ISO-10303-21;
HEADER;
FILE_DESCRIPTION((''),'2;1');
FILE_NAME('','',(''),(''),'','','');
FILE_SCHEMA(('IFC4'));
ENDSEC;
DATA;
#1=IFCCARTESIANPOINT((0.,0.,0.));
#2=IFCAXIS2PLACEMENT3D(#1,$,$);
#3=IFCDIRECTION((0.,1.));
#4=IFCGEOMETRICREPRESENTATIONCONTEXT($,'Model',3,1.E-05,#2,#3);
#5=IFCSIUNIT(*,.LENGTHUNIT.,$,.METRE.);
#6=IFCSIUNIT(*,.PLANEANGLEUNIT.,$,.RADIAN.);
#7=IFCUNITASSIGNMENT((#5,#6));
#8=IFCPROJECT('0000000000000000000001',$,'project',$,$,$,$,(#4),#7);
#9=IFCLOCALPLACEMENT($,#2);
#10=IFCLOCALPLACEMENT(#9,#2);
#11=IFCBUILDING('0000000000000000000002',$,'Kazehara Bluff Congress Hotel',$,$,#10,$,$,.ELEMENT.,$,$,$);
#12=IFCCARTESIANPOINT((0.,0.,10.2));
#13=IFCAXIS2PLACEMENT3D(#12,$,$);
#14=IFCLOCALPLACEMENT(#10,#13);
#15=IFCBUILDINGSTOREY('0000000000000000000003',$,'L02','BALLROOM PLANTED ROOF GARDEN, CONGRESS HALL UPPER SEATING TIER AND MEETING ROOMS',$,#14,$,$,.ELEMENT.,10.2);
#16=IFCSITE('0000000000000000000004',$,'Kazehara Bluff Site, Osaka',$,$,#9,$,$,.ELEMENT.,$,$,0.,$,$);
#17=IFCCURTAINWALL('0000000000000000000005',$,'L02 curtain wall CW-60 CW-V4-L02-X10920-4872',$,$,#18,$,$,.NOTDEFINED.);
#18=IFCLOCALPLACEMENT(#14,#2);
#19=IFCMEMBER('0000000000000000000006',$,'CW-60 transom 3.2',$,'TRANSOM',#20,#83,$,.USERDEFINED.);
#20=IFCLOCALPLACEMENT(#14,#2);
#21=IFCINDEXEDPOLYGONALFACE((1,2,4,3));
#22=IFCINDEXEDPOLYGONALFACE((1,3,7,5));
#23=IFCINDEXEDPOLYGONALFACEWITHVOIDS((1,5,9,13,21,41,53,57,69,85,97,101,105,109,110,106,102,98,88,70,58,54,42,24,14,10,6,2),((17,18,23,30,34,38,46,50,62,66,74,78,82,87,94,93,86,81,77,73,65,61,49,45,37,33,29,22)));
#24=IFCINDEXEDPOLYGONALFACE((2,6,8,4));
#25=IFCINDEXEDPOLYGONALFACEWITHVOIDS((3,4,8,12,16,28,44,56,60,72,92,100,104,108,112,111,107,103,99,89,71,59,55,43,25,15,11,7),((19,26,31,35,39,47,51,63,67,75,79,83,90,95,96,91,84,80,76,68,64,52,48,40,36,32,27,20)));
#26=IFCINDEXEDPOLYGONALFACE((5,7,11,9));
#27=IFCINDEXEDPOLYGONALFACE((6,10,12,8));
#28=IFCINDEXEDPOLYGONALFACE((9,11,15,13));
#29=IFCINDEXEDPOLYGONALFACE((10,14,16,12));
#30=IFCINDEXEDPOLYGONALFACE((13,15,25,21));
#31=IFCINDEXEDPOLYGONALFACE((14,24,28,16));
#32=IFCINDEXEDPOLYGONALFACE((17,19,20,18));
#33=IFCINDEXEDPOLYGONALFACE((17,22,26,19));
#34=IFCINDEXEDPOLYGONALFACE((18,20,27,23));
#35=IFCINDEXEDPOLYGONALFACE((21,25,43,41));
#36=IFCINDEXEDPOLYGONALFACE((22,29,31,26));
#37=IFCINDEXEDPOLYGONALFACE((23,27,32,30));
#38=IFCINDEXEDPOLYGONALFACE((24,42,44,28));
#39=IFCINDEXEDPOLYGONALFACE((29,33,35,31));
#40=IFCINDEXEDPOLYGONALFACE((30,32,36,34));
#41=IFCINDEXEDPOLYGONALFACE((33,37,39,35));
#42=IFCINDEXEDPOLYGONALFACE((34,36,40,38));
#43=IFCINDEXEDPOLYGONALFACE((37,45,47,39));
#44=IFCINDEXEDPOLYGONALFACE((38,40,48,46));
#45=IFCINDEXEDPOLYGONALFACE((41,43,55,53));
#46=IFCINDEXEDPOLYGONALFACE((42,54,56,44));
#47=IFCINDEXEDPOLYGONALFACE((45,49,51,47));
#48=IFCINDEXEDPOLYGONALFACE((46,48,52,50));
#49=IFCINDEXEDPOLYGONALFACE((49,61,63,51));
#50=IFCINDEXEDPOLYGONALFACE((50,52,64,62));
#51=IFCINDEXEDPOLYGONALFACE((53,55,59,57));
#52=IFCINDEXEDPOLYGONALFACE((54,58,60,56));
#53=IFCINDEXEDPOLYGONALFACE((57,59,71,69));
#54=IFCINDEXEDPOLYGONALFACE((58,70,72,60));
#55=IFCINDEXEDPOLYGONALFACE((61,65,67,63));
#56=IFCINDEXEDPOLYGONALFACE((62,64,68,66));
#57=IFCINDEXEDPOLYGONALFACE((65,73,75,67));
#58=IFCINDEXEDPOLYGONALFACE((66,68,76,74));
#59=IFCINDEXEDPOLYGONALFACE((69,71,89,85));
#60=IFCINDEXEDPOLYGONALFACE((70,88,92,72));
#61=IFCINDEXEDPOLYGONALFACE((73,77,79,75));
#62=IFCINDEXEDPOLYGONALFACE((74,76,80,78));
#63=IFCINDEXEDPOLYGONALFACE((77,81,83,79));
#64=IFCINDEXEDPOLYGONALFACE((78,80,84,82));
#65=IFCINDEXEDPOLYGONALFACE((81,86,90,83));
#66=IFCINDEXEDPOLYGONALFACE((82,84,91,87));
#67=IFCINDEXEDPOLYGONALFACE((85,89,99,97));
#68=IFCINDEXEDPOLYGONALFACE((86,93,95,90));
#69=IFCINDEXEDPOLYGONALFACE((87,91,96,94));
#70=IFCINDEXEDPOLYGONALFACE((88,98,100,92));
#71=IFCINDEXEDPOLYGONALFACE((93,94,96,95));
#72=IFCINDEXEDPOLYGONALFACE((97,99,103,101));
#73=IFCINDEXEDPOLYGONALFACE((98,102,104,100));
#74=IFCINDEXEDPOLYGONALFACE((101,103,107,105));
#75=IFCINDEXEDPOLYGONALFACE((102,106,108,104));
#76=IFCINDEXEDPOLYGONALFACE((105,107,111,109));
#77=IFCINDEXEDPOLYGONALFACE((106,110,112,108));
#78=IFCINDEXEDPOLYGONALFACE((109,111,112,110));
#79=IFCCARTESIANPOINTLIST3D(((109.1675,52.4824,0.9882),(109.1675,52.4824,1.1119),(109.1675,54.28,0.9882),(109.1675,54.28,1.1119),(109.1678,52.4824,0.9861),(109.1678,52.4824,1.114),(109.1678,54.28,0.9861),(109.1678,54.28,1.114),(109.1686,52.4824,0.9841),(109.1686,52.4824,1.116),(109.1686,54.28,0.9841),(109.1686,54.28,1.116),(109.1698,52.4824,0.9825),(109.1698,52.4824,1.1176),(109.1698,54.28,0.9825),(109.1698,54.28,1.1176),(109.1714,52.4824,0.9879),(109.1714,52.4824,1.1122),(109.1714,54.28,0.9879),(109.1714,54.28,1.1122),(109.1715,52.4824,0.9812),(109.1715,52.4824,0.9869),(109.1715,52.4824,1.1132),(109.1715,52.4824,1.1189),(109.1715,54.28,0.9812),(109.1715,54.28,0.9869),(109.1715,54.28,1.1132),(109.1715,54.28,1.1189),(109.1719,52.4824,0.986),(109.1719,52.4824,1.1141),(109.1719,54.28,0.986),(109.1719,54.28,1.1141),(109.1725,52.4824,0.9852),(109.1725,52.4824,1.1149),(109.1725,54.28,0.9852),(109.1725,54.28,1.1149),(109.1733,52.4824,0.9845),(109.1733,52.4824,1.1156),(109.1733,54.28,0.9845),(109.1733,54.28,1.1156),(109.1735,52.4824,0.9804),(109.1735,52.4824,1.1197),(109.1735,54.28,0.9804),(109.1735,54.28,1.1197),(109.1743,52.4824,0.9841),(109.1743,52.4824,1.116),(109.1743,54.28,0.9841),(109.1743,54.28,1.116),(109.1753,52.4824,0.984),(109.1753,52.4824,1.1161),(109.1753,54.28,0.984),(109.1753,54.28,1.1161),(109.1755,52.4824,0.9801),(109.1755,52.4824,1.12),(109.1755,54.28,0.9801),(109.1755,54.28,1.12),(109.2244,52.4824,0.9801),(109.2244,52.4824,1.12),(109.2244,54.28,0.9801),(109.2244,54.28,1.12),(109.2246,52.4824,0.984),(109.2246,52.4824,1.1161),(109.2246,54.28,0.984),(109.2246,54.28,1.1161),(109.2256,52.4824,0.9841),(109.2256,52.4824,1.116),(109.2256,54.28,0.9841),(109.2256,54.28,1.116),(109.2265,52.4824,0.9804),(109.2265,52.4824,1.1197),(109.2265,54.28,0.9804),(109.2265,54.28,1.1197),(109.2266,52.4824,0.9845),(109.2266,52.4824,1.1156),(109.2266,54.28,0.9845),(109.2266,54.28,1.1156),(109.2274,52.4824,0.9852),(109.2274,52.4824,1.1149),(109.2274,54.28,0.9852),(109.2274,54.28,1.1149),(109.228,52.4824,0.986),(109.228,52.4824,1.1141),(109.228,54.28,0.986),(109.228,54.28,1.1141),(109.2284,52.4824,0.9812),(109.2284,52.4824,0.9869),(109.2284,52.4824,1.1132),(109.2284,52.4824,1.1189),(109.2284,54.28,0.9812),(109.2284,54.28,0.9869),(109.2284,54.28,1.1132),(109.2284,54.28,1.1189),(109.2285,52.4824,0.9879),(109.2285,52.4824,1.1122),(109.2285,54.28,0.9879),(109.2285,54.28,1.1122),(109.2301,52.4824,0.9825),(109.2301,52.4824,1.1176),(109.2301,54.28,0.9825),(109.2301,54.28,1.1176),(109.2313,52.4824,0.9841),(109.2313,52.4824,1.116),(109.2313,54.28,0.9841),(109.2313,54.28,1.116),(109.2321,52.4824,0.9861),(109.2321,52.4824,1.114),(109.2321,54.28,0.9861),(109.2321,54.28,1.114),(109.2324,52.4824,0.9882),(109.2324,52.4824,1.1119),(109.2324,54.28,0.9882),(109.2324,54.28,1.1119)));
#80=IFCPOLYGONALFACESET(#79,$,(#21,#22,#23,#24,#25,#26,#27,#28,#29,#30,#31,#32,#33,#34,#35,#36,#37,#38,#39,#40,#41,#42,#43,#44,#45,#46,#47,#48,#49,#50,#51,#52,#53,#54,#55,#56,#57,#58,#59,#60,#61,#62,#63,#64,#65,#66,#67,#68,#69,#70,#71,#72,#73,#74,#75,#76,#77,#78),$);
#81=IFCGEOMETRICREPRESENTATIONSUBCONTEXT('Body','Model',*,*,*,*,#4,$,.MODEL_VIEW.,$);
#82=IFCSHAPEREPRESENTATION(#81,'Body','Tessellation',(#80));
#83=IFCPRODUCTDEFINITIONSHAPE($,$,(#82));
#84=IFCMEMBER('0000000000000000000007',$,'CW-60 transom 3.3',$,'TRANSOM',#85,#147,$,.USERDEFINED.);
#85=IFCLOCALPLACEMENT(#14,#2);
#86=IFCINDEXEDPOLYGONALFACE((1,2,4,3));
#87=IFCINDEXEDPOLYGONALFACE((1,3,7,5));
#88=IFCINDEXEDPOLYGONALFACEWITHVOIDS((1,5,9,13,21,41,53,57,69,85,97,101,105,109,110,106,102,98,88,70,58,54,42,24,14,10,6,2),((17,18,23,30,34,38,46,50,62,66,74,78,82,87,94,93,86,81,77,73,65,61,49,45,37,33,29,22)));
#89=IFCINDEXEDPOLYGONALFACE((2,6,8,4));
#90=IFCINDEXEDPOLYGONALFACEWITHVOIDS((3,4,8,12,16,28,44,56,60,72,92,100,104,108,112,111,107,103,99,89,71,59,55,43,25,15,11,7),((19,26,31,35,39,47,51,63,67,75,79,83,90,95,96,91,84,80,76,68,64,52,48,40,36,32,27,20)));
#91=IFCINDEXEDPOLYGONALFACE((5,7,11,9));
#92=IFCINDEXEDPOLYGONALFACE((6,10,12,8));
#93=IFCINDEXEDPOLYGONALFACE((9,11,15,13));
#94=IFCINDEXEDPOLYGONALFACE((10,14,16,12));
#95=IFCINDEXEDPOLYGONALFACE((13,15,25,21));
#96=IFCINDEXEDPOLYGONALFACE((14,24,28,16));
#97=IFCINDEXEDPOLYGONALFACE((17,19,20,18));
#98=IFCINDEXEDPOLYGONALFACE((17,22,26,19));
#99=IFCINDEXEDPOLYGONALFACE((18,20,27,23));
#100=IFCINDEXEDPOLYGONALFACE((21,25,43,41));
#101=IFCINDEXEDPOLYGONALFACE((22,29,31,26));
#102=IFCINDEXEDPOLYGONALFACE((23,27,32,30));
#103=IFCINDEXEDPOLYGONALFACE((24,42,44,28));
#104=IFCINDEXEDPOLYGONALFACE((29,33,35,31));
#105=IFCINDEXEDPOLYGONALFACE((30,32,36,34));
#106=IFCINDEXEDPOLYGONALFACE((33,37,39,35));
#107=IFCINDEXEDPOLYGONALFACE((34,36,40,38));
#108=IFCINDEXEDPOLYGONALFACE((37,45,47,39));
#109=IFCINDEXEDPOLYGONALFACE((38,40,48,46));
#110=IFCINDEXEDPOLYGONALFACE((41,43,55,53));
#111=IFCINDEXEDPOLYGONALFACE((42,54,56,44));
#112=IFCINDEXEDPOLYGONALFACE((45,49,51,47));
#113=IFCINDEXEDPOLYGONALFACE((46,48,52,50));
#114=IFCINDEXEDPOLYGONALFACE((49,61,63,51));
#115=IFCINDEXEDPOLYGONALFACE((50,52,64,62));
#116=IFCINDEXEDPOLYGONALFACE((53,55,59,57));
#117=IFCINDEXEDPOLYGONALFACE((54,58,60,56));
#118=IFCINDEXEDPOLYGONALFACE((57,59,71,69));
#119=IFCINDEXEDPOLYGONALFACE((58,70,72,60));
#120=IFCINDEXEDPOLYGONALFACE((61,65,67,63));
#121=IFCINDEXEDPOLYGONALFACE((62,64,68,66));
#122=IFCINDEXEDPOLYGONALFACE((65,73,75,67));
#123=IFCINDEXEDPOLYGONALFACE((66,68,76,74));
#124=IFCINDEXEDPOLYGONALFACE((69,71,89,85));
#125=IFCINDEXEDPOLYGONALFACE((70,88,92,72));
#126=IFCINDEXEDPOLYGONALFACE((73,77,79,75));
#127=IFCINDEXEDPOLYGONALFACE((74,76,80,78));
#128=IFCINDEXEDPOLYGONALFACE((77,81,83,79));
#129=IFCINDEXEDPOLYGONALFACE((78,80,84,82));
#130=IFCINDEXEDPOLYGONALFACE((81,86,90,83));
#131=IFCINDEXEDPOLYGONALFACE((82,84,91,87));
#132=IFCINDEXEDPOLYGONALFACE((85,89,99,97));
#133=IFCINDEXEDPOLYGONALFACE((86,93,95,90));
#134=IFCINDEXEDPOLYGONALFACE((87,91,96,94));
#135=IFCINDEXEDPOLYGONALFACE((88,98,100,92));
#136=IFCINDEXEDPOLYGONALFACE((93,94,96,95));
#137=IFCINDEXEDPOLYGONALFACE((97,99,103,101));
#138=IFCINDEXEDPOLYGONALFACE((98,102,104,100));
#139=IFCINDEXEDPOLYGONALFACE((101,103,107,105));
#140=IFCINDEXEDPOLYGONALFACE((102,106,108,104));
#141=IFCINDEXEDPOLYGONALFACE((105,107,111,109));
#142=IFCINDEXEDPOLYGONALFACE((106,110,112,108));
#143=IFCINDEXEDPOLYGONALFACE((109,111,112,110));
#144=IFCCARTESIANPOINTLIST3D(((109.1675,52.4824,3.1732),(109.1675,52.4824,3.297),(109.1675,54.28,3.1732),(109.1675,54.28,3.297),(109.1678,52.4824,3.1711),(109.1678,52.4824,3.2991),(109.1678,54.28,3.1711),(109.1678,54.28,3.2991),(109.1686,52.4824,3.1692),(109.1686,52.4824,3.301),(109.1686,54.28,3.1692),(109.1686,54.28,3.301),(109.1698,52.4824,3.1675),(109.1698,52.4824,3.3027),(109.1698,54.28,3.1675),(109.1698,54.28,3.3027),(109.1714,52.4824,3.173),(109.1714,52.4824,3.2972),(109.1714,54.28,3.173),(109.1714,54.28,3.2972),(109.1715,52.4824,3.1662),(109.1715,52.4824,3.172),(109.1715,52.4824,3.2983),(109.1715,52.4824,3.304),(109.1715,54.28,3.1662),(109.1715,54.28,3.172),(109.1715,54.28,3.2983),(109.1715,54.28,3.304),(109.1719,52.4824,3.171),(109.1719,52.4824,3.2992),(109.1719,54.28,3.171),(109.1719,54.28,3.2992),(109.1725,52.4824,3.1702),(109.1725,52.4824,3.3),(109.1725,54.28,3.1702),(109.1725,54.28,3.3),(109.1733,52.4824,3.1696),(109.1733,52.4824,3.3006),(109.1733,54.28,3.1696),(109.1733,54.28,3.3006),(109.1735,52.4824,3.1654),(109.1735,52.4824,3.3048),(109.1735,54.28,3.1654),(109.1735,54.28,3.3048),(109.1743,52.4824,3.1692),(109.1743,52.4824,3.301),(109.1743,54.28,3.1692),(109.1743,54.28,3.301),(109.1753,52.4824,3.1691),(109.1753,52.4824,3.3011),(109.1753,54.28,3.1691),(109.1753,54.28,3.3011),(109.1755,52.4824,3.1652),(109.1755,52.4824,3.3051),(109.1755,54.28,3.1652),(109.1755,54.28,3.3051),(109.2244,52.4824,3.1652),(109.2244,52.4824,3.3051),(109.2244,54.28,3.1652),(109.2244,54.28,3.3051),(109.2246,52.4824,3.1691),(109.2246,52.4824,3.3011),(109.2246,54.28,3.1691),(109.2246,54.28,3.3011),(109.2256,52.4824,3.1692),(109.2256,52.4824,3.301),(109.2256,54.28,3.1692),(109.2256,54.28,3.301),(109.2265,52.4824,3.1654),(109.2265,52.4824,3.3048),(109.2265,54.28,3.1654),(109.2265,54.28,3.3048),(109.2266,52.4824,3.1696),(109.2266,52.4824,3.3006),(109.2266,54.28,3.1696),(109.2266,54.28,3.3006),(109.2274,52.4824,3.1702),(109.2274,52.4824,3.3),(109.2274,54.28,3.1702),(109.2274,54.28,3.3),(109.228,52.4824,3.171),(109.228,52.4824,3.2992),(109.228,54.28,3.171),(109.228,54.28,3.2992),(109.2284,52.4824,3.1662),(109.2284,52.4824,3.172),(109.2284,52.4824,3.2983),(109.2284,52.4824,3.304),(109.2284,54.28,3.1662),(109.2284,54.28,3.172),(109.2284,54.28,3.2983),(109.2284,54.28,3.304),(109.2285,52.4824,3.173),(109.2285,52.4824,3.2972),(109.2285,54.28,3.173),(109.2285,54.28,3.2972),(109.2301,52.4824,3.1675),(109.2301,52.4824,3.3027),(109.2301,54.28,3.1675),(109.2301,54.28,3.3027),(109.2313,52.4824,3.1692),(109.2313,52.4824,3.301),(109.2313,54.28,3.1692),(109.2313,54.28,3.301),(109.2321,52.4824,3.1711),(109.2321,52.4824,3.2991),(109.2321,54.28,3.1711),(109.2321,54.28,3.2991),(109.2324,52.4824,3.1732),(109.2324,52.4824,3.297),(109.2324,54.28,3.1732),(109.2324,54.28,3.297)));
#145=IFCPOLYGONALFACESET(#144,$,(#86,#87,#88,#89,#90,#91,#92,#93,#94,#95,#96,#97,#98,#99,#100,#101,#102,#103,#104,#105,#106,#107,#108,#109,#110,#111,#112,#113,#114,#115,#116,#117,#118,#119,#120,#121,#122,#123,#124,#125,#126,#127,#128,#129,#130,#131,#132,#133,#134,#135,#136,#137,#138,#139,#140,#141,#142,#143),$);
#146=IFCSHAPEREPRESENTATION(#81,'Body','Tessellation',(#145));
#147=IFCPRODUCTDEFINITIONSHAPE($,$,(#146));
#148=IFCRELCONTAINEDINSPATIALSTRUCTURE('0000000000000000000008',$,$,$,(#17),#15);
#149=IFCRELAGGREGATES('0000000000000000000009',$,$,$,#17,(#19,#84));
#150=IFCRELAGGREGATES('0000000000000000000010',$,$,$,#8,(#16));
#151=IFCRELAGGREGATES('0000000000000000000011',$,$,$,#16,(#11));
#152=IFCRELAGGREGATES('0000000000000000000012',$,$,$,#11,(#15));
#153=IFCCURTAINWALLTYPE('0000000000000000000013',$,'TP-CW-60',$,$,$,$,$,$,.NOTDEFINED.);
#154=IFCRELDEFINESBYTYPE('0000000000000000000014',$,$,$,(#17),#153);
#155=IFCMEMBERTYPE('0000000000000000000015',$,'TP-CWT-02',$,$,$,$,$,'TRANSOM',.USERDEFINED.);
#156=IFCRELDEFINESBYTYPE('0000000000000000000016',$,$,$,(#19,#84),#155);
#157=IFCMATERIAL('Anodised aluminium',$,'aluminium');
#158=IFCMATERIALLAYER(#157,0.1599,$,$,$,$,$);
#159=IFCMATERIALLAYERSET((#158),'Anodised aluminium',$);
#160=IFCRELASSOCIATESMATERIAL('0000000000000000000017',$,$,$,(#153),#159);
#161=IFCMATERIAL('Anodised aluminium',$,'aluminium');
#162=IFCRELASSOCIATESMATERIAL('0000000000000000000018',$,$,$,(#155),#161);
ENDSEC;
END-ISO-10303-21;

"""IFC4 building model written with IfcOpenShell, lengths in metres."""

from ifc_helpers import new_model, si_unit, direction, frame, origin, origin_2d, place, context, subcontext, project, spatial, hollow_rectangle, extrude, material, layer, layer_set, material_profile, profile_set, type_object, element, aggregate, save


model = new_model("IFC4")

# Units and contexts
model_context = context("Model", 3, precision=1e-05, world=origin(), true_north=direction((0.0, 1.0)))
body_context = subcontext(model_context, "Body", "Model", "MODEL_VIEW")
ifc_project = project(units=[si_unit("LENGTHUNIT", "METRE"), si_unit("PLANEANGLEUNIT", "RADIAN")], contexts=[model_context])

# Site, building, storey
site_placement = place(None, origin())
site = spatial("IfcSite", under=ifc_project, at=site_placement, Name="Kazehara Bluff Site, Osaka", CompositionType="ELEMENT", RefElevation=0.0)
building_placement = place(site_placement, origin())
building = spatial("IfcBuilding", under=site, at=building_placement, Name="Kazehara Bluff Congress Hotel", CompositionType="ELEMENT")
storey_placement = place(building_placement, frame((0.0, 0.0, 10.2)))
storey = spatial("IfcBuildingStorey", under=building, at=storey_placement, Name="L02", Description="BALLROOM PLANTED ROOF GARDEN, CONGRESS HALL UPPER SEATING TIER AND MEETING ROOMS", CompositionType="ELEMENT", Elevation=10.2)

# Curtain wall, members
ifc_material_1 = material(Name="Anodised aluminium", Category="aluminium")
ifc_layer_1 = layer(ifc_material_1, 0.1599)
ifc_layer_set_1 = layer_set([ifc_layer_1], Name="Anodised aluminium")
curtain_wall_type = type_object("IfcCurtainWallType", Name="TP-CW-60", PredefinedType="NOTDEFINED", material=ifc_layer_set_1)
curtain_wall_placement = place(storey_placement, origin())
curtain_wall = element("IfcCurtainWall", 1, at=curtain_wall_placement, inside=storey, type_object=curtain_wall_type, Name="L02 curtain wall CW-60 CW-V4-L02-X10920-4872", PredefinedType="NOTDEFINED")
ifc_material_2 = material(Name="Anodised aluminium", Category="aluminium")
ifc_material_profile_1 = material_profile(ifc_material_2, hollow_rectangle(XDim=0.0649, YDim=0.1399, WallThickness=0.0039, InnerFilletRadius=0.0039, OuterFilletRadius=0.0081, at=origin_2d()))
ifc_profile_set_1 = profile_set([ifc_material_profile_1], Name="Anodised aluminium")
member_type_1 = type_object("IfcMemberType", Name="TP-CWT-02", ElementType="TRANSOM", PredefinedType="USERDEFINED", material=ifc_profile_set_1)
member_1_placement = place(storey_placement, frame((109.2, 52.4824, 1.05), z_axis=(0.0, 1.0, 0.0), x_axis=(-1.0, 0.0, 0.0)))
member_1 = element("IfcMember", 2, at=member_1_placement, type_object=member_type_1, Name="CW-60 transom 3.2", ObjectType="TRANSOM", PredefinedType="USERDEFINED", context=body_context, shape_type="SweptSolid", body=[
    extrude(hollow_rectangle(XDim=0.0649, YDim=0.1399, WallThickness=0.0039, InnerFilletRadius=0.0039, OuterFilletRadius=0.0081, at=origin_2d()), origin(), (0.0, 0.0, 1.0), 1.7976),
])
member_2_placement = place(storey_placement, frame((109.2, 52.4824, 3.2351), z_axis=(0.0, 1.0, 0.0), x_axis=(-1.0, 0.0, 0.0)))
member_2 = element("IfcMember", 3, at=member_2_placement, type_object=member_type_1, Name="CW-60 transom 3.3", ObjectType="TRANSOM", PredefinedType="USERDEFINED", context=body_context, shape_type="SweptSolid", body=[
    extrude(hollow_rectangle(XDim=0.0649, YDim=0.1399, WallThickness=0.0039, InnerFilletRadius=0.0039, OuterFilletRadius=0.0081, at=origin_2d()), origin(), (0.0, 0.0, 1.0), 1.7976),
])

aggregate(curtain_wall, [member_1, member_2])

save(model, "model.ifc")
